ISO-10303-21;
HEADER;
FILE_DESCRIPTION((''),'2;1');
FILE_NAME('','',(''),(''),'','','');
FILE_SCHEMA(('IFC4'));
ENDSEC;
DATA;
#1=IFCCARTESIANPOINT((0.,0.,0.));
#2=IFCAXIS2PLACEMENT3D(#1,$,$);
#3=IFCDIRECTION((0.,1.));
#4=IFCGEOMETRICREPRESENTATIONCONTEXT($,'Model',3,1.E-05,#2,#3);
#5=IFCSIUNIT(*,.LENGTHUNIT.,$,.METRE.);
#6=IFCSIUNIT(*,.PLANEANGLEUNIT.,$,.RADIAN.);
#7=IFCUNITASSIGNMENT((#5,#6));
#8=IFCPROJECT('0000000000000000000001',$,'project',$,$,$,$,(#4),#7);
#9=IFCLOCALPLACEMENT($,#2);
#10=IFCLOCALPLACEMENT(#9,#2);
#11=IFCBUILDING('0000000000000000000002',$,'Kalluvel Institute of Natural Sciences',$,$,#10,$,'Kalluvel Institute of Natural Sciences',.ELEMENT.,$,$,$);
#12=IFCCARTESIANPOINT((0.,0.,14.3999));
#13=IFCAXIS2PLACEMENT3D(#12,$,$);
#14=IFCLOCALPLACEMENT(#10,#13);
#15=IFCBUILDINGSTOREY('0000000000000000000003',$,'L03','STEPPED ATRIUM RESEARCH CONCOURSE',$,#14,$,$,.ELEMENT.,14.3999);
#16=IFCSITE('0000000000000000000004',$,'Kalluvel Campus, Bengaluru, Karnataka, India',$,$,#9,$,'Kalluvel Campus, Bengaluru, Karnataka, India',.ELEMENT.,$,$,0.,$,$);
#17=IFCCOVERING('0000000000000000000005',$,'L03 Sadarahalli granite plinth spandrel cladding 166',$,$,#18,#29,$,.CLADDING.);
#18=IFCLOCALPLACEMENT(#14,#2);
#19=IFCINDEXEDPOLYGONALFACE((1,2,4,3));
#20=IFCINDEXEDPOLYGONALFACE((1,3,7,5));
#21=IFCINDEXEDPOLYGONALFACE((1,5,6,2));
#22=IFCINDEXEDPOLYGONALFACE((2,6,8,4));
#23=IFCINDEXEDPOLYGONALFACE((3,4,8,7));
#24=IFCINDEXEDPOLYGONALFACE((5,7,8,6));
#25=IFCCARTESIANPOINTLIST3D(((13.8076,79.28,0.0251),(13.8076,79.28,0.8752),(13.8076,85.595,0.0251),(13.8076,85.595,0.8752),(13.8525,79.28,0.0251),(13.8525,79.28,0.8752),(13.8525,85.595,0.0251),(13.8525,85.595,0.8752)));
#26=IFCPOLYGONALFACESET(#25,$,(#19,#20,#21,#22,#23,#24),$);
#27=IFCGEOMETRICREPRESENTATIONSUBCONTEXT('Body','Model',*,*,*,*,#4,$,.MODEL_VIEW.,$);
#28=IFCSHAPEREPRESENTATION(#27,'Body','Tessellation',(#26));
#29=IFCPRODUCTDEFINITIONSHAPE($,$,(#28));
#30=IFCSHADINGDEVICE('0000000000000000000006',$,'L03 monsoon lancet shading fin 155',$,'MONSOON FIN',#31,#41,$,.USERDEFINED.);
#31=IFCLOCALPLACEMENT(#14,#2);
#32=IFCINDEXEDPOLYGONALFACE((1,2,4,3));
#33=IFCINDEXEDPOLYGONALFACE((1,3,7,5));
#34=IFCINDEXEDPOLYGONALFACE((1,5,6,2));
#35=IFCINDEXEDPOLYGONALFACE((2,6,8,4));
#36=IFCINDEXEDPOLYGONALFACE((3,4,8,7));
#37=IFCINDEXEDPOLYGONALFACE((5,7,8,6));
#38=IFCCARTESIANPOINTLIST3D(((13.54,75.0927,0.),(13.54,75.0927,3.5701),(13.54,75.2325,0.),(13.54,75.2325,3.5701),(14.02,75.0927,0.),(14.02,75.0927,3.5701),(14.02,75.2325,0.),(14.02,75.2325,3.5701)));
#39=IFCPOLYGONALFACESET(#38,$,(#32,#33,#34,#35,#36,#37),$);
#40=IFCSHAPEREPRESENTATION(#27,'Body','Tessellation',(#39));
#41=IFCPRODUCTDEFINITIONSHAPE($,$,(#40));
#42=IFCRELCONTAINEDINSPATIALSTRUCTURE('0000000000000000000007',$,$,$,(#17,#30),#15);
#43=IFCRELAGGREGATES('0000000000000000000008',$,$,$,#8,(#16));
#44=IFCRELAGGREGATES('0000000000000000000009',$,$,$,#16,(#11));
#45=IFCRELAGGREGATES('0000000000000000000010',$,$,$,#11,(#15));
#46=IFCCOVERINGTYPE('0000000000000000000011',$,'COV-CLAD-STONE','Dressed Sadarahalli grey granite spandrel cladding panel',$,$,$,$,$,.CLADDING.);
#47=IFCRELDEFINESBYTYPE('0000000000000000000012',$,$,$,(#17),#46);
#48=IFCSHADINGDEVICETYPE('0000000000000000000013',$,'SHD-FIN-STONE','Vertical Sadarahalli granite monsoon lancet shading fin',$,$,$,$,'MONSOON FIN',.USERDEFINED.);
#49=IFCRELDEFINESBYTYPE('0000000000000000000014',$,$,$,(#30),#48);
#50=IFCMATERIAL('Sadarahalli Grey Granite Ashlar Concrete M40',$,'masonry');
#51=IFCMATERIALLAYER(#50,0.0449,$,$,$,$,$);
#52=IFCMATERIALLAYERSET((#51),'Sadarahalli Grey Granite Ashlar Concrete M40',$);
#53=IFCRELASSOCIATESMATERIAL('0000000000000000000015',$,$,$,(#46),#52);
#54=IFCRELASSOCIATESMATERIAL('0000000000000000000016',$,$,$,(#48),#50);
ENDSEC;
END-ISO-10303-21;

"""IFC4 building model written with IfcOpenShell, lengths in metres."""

from ifc_helpers import new_model, si_unit, direction, frame, origin, origin_2d, place, context, subcontext, project, spatial, rectangle, extrude, material, layer, layer_set, type_object, element, save


model = new_model("IFC4")

# Units and contexts
model_context = context("Model", 3, precision=1e-05, world=origin(), true_north=direction((0.0, 1.0)))
body_context = subcontext(model_context, "Body", "Model", "MODEL_VIEW")
ifc_project = project(units=[si_unit("LENGTHUNIT", "METRE"), si_unit("PLANEANGLEUNIT", "RADIAN")], contexts=[model_context])

# Site, building, storey
site_placement = place(None, origin())
site = spatial("IfcSite", under=ifc_project, at=site_placement, Name="Kalluvel Campus, Bengaluru, Karnataka, India", LongName="Kalluvel Campus, Bengaluru, Karnataka, India", CompositionType="ELEMENT", RefElevation=0.0)
building_placement = place(site_placement, origin())
building = spatial("IfcBuilding", under=site, at=building_placement, Name="Kalluvel Institute of Natural Sciences", LongName="Kalluvel Institute of Natural Sciences", CompositionType="ELEMENT")
storey_placement = place(building_placement, frame((0.0, 0.0, 14.3999)))
storey = spatial("IfcBuildingStorey", under=building, at=storey_placement, Name="L03", Description="STEPPED ATRIUM RESEARCH CONCOURSE", CompositionType="ELEMENT", Elevation=14.3999)

# Covering
ifc_material_1 = material(Name="Sadarahalli Grey Granite Ashlar Concrete M40", Category="masonry")
ifc_layer_1 = layer(ifc_material_1, 0.0449)
ifc_layer_set_1 = layer_set([ifc_layer_1], Name="Sadarahalli Grey Granite Ashlar Concrete M40")
covering_type = type_object("IfcCoveringType", Name="COV-CLAD-STONE", Description="Dressed Sadarahalli grey granite spandrel cladding panel", PredefinedType="CLADDING", material=ifc_layer_set_1)
covering_placement = place(storey_placement, frame((13.8301, 82.4375, 0.0251), z_axis=(0.0, 0.0, 1.0), x_axis=(0.0, 1.0, 0.0)))
element("IfcCovering", 1, at=covering_placement, inside=storey, type_object=covering_type, Name="L03 Sadarahalli granite plinth spandrel cladding 166", PredefinedType="CLADDING", context=body_context, shape_type="SweptSolid", body=[
    extrude(rectangle(XDim=6.3149, YDim=0.0449, at=origin_2d()), origin(), (0.0, 0.0, 1.0), 0.8501),
])

# Shading device
shading_device_type = type_object("IfcShadingDeviceType", Name="SHD-FIN-STONE", Description="Vertical Sadarahalli granite monsoon lancet shading fin", ElementType="MONSOON FIN", PredefinedType="USERDEFINED", material=ifc_material_1)
shading_device_placement = place(storey_placement, frame((13.78, 75.1626, 0.0), z_axis=(0.0, 0.0, 1.0), x_axis=(0.0, 1.0, 0.0)))
element("IfcShadingDevice", 2, at=shading_device_placement, inside=storey, type_object=shading_device_type, Name="L03 monsoon lancet shading fin 155", ObjectType="MONSOON FIN", PredefinedType="USERDEFINED", context=body_context, shape_type="SweptSolid", body=[
    extrude(rectangle(XDim=0.1399, YDim=0.48, at=origin_2d()), origin(), (0.0, 0.0, 1.0), 3.5701),
])

save(model, "model.ifc")
